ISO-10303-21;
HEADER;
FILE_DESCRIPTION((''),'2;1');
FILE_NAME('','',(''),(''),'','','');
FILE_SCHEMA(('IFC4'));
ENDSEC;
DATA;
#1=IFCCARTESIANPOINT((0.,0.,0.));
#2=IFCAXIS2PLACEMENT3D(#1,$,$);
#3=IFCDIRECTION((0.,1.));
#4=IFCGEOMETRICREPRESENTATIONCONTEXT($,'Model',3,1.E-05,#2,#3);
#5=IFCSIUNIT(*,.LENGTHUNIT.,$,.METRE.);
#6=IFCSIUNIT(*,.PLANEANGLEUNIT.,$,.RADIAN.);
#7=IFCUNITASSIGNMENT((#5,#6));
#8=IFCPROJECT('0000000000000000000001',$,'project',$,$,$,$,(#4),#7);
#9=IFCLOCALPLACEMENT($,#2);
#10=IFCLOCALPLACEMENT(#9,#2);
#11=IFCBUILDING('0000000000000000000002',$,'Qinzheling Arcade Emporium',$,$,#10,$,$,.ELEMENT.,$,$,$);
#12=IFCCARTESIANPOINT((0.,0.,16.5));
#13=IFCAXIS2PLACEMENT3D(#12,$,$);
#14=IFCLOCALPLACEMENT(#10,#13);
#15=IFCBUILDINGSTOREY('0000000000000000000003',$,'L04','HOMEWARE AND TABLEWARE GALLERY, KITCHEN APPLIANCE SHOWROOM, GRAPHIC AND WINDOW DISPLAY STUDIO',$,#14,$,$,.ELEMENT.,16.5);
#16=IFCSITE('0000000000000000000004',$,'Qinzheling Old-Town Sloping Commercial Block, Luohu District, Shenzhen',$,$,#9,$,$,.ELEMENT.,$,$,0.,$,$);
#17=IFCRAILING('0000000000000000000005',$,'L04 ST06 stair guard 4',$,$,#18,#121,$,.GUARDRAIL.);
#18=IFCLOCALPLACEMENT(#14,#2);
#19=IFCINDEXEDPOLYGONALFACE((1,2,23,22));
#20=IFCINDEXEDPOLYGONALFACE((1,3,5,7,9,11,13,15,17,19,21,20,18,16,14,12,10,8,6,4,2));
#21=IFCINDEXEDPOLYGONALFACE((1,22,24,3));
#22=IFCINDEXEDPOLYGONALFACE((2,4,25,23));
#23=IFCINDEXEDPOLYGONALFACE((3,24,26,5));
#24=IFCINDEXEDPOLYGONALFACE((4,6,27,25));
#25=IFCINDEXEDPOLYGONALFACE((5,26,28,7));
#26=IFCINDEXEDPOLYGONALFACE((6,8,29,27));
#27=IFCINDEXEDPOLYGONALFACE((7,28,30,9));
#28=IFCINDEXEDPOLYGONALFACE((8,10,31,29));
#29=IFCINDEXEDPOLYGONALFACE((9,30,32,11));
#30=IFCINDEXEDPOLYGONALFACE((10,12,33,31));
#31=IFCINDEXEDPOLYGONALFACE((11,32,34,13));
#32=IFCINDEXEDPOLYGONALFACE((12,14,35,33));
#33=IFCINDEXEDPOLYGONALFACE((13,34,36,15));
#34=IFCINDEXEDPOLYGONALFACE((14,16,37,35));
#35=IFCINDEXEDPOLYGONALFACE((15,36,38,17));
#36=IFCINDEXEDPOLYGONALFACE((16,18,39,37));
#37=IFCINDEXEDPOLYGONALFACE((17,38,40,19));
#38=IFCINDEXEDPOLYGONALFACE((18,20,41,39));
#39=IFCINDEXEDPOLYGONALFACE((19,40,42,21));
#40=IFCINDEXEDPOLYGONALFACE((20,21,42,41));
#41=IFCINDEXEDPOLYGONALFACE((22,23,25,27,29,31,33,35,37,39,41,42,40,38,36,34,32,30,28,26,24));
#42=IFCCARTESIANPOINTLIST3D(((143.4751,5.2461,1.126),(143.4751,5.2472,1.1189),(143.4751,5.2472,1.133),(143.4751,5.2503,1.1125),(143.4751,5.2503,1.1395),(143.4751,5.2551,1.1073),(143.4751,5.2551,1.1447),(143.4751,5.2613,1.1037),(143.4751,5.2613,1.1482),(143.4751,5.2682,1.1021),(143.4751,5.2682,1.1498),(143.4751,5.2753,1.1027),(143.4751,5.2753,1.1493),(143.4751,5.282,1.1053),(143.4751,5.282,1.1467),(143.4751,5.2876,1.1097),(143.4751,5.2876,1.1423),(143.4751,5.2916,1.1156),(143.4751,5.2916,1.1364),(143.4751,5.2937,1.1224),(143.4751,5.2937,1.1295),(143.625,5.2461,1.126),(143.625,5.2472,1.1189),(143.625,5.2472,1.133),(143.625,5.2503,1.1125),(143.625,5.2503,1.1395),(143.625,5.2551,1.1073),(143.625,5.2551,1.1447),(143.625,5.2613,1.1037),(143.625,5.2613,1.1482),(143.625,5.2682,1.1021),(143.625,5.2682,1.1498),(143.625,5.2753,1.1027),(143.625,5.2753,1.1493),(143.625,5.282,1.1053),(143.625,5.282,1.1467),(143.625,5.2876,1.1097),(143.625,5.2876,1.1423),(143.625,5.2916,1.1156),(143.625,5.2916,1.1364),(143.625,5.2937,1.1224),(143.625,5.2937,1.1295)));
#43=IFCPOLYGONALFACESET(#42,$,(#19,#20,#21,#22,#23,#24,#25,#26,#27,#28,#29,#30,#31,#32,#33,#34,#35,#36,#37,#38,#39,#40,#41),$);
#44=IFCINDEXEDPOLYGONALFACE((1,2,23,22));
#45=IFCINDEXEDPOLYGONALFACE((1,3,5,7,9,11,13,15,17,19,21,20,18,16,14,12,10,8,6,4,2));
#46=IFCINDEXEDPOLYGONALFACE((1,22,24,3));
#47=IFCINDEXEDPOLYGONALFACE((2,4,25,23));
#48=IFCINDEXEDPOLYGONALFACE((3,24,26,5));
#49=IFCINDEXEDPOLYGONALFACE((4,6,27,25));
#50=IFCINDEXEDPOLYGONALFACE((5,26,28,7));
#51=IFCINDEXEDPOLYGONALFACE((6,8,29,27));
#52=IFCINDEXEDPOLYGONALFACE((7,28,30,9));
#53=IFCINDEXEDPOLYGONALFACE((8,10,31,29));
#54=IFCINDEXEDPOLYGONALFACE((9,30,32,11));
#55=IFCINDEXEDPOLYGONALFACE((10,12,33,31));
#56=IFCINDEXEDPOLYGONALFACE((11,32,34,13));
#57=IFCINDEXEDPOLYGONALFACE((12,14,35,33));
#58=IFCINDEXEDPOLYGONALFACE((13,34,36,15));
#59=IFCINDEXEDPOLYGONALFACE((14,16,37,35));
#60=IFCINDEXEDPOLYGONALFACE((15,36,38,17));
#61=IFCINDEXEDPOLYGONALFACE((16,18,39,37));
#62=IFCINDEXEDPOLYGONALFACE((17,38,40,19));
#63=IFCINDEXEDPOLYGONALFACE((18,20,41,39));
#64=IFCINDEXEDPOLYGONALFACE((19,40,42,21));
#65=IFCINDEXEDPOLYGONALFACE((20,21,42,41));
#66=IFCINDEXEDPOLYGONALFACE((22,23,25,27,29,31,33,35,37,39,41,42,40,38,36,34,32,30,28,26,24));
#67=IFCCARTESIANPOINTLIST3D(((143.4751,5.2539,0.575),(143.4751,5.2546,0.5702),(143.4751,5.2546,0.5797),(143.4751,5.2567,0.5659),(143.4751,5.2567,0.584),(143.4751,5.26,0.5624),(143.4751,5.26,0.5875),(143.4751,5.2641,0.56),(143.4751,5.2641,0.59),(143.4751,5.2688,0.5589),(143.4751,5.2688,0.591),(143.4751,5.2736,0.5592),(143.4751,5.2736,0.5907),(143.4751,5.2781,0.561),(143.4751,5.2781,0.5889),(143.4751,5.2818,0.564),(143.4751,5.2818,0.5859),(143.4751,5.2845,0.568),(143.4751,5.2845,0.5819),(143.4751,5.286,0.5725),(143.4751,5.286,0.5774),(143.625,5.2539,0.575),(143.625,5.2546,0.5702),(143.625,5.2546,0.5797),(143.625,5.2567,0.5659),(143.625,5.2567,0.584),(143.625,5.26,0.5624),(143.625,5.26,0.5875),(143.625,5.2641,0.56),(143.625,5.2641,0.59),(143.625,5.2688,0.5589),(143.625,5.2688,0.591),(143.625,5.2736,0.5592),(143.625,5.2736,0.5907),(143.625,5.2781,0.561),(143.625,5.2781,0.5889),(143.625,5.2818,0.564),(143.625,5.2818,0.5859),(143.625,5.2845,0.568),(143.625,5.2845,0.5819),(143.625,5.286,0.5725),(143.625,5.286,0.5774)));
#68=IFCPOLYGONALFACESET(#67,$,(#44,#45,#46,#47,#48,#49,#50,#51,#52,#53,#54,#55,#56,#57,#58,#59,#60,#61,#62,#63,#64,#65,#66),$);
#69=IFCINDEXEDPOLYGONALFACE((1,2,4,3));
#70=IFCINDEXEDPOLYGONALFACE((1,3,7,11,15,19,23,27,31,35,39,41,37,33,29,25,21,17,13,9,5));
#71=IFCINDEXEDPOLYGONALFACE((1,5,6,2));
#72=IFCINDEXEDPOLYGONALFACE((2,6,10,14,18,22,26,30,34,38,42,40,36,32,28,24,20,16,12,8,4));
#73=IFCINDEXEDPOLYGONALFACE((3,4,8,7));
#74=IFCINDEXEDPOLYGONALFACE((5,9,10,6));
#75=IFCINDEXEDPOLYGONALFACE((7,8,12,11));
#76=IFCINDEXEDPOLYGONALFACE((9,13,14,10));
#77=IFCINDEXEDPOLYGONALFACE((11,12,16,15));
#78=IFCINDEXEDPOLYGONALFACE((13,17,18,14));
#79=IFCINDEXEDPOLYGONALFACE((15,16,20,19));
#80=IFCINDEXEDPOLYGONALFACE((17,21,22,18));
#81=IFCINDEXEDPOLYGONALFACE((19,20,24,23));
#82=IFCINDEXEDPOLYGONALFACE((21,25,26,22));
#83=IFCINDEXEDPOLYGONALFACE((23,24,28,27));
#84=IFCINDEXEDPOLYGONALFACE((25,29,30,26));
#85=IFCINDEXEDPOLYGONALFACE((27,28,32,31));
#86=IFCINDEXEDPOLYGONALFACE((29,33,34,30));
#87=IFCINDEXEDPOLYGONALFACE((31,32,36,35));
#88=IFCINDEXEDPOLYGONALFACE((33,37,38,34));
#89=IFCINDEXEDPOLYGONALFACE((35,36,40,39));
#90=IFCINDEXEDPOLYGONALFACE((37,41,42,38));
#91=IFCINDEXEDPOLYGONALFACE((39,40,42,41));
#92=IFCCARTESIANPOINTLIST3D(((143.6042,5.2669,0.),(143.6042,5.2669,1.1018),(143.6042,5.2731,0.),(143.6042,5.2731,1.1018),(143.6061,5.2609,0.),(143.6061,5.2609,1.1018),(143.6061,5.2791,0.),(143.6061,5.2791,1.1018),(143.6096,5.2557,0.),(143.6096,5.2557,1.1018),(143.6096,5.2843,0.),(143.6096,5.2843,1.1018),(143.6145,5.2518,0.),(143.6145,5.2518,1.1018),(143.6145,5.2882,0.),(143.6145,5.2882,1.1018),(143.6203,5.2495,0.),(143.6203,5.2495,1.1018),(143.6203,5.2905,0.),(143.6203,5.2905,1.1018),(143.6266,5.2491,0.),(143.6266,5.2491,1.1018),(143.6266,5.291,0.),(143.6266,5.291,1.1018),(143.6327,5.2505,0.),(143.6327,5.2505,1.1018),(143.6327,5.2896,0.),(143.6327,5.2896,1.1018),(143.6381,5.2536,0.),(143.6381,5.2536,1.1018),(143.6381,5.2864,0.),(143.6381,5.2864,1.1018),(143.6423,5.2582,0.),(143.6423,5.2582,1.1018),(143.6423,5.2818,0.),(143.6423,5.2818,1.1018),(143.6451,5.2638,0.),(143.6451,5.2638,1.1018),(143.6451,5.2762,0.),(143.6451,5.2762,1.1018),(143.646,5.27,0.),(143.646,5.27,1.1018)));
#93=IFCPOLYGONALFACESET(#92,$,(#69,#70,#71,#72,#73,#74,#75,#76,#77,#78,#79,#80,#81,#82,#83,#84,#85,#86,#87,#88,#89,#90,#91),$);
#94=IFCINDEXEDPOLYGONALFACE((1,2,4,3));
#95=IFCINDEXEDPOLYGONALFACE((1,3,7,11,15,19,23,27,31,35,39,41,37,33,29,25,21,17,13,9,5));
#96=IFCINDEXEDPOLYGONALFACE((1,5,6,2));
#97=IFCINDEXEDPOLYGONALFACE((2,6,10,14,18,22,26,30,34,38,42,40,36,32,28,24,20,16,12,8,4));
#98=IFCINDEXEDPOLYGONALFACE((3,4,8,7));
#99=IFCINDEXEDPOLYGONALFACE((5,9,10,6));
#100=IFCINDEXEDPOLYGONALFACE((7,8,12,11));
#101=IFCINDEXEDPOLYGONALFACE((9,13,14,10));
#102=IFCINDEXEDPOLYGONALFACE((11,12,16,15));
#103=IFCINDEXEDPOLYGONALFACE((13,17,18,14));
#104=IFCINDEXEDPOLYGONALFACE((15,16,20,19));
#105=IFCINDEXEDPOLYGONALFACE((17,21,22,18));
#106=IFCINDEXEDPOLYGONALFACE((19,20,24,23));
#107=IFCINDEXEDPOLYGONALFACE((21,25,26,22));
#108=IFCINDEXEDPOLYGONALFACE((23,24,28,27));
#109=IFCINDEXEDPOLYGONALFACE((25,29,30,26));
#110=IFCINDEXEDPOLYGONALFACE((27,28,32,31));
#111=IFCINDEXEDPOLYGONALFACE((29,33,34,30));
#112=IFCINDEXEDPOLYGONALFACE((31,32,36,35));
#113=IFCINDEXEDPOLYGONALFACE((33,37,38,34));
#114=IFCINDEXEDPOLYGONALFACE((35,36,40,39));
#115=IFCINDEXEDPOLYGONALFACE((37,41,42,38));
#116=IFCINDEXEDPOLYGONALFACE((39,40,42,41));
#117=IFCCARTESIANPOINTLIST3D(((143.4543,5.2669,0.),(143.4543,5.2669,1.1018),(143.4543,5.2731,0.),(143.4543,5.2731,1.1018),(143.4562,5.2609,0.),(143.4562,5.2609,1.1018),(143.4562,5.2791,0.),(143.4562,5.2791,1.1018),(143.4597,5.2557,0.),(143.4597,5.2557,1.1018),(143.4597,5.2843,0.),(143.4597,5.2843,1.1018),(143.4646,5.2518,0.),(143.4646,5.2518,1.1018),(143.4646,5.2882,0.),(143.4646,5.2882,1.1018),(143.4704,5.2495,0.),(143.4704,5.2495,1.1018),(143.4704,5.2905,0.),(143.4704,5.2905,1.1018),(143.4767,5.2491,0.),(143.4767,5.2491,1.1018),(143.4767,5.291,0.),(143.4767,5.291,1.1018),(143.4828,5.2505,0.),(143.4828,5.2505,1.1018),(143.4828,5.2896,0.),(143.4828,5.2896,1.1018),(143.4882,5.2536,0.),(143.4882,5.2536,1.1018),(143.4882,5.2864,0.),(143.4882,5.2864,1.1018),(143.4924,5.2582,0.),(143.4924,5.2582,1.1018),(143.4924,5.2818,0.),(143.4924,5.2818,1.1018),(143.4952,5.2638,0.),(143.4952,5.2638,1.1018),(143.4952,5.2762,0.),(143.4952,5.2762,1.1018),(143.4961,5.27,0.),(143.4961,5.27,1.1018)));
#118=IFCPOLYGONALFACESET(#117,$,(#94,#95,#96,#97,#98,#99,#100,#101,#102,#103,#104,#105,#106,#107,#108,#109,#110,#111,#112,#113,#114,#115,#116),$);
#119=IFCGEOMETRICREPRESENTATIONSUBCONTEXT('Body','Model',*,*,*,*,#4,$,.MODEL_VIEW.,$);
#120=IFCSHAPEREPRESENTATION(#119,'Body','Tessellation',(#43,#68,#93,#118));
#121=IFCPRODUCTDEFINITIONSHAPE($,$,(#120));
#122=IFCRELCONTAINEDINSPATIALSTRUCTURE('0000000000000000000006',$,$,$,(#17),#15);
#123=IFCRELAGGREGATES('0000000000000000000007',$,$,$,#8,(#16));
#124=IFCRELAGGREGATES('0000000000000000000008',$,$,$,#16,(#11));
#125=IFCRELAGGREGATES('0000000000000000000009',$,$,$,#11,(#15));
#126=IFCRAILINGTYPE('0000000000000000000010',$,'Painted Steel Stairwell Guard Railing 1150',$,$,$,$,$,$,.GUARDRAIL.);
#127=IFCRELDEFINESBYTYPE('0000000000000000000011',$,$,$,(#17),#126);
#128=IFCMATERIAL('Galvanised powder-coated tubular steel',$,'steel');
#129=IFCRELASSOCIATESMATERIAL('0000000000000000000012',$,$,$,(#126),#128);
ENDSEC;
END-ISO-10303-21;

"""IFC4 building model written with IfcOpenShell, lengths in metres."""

from ifc_helpers import new_model, si_unit, direction, frame, origin, origin_2d, place, context, subcontext, project, spatial, circle, extrude, material, type_object, element, save


model = new_model("IFC4")

# Units and contexts
model_context = context("Model", 3, precision=1e-05, world=origin(), true_north=direction((0.0, 1.0)))
body_context = subcontext(model_context, "Body", "Model", "MODEL_VIEW")
ifc_project = project(units=[si_unit("LENGTHUNIT", "METRE"), si_unit("PLANEANGLEUNIT", "RADIAN")], contexts=[model_context])

# Site, building, storey
site_placement = place(None, origin())
site = spatial("IfcSite", under=ifc_project, at=site_placement, Name="Qinzheling Old-Town Sloping Commercial Block, Luohu District, Shenzhen", CompositionType="ELEMENT", RefElevation=0.0)
building_placement = place(site_placement, origin())
building = spatial("IfcBuilding", under=site, at=building_placement, Name="Qinzheling Arcade Emporium", CompositionType="ELEMENT")
storey_placement = place(building_placement, frame((0.0, 0.0, 16.5)))
storey = spatial("IfcBuildingStorey", under=building, at=storey_placement, Name="L04", Description="HOMEWARE AND TABLEWARE GALLERY, KITCHEN APPLIANCE SHOWROOM, GRAPHIC AND WINDOW DISPLAY STUDIO", CompositionType="ELEMENT", Elevation=16.5)

# Railing
ifc_material_1 = material(Name="Galvanised powder-coated tubular steel", Category="steel")
railing_type_1 = type_object("IfcRailingType", Name="Painted Steel Stairwell Guard Railing 1150", PredefinedType="GUARDRAIL", material=ifc_material_1)
railing_1_placement = place(storey_placement, frame((143.625, 5.27, 0.0)))
element("IfcRailing", 1, at=railing_1_placement, inside=storey, type_object=railing_type_1, Name="L04 ST06 stair guard 4", PredefinedType="GUARDRAIL", context=body_context, shape_type="SweptSolid", body=[
    extrude(circle(Radius=0.0239, at=origin_2d()), frame((0.0, 0.0, 1.126), z_axis=(-1.0, 0.0, 0.0), x_axis=(0.0, -1.0, 0.0)), (0.0, 0.0, 1.0), 0.1499),
    extrude(circle(Radius=0.0161, at=origin_2d()), frame((0.0, 0.0, 0.575), z_axis=(-1.0, 0.0, 0.0), x_axis=(0.0, -1.0, 0.0)), (0.0, 0.0, 1.0), 0.1499),
    extrude(circle(Radius=0.021, at=origin_2d()), origin(), (0.0, 0.0, 1.0), 1.1018),
    extrude(circle(Radius=0.021, at=origin_2d()), frame((-0.1499, 0.0, 0.0)), (0.0, 0.0, 1.0), 1.1018),
])

save(model, "model.ifc")
